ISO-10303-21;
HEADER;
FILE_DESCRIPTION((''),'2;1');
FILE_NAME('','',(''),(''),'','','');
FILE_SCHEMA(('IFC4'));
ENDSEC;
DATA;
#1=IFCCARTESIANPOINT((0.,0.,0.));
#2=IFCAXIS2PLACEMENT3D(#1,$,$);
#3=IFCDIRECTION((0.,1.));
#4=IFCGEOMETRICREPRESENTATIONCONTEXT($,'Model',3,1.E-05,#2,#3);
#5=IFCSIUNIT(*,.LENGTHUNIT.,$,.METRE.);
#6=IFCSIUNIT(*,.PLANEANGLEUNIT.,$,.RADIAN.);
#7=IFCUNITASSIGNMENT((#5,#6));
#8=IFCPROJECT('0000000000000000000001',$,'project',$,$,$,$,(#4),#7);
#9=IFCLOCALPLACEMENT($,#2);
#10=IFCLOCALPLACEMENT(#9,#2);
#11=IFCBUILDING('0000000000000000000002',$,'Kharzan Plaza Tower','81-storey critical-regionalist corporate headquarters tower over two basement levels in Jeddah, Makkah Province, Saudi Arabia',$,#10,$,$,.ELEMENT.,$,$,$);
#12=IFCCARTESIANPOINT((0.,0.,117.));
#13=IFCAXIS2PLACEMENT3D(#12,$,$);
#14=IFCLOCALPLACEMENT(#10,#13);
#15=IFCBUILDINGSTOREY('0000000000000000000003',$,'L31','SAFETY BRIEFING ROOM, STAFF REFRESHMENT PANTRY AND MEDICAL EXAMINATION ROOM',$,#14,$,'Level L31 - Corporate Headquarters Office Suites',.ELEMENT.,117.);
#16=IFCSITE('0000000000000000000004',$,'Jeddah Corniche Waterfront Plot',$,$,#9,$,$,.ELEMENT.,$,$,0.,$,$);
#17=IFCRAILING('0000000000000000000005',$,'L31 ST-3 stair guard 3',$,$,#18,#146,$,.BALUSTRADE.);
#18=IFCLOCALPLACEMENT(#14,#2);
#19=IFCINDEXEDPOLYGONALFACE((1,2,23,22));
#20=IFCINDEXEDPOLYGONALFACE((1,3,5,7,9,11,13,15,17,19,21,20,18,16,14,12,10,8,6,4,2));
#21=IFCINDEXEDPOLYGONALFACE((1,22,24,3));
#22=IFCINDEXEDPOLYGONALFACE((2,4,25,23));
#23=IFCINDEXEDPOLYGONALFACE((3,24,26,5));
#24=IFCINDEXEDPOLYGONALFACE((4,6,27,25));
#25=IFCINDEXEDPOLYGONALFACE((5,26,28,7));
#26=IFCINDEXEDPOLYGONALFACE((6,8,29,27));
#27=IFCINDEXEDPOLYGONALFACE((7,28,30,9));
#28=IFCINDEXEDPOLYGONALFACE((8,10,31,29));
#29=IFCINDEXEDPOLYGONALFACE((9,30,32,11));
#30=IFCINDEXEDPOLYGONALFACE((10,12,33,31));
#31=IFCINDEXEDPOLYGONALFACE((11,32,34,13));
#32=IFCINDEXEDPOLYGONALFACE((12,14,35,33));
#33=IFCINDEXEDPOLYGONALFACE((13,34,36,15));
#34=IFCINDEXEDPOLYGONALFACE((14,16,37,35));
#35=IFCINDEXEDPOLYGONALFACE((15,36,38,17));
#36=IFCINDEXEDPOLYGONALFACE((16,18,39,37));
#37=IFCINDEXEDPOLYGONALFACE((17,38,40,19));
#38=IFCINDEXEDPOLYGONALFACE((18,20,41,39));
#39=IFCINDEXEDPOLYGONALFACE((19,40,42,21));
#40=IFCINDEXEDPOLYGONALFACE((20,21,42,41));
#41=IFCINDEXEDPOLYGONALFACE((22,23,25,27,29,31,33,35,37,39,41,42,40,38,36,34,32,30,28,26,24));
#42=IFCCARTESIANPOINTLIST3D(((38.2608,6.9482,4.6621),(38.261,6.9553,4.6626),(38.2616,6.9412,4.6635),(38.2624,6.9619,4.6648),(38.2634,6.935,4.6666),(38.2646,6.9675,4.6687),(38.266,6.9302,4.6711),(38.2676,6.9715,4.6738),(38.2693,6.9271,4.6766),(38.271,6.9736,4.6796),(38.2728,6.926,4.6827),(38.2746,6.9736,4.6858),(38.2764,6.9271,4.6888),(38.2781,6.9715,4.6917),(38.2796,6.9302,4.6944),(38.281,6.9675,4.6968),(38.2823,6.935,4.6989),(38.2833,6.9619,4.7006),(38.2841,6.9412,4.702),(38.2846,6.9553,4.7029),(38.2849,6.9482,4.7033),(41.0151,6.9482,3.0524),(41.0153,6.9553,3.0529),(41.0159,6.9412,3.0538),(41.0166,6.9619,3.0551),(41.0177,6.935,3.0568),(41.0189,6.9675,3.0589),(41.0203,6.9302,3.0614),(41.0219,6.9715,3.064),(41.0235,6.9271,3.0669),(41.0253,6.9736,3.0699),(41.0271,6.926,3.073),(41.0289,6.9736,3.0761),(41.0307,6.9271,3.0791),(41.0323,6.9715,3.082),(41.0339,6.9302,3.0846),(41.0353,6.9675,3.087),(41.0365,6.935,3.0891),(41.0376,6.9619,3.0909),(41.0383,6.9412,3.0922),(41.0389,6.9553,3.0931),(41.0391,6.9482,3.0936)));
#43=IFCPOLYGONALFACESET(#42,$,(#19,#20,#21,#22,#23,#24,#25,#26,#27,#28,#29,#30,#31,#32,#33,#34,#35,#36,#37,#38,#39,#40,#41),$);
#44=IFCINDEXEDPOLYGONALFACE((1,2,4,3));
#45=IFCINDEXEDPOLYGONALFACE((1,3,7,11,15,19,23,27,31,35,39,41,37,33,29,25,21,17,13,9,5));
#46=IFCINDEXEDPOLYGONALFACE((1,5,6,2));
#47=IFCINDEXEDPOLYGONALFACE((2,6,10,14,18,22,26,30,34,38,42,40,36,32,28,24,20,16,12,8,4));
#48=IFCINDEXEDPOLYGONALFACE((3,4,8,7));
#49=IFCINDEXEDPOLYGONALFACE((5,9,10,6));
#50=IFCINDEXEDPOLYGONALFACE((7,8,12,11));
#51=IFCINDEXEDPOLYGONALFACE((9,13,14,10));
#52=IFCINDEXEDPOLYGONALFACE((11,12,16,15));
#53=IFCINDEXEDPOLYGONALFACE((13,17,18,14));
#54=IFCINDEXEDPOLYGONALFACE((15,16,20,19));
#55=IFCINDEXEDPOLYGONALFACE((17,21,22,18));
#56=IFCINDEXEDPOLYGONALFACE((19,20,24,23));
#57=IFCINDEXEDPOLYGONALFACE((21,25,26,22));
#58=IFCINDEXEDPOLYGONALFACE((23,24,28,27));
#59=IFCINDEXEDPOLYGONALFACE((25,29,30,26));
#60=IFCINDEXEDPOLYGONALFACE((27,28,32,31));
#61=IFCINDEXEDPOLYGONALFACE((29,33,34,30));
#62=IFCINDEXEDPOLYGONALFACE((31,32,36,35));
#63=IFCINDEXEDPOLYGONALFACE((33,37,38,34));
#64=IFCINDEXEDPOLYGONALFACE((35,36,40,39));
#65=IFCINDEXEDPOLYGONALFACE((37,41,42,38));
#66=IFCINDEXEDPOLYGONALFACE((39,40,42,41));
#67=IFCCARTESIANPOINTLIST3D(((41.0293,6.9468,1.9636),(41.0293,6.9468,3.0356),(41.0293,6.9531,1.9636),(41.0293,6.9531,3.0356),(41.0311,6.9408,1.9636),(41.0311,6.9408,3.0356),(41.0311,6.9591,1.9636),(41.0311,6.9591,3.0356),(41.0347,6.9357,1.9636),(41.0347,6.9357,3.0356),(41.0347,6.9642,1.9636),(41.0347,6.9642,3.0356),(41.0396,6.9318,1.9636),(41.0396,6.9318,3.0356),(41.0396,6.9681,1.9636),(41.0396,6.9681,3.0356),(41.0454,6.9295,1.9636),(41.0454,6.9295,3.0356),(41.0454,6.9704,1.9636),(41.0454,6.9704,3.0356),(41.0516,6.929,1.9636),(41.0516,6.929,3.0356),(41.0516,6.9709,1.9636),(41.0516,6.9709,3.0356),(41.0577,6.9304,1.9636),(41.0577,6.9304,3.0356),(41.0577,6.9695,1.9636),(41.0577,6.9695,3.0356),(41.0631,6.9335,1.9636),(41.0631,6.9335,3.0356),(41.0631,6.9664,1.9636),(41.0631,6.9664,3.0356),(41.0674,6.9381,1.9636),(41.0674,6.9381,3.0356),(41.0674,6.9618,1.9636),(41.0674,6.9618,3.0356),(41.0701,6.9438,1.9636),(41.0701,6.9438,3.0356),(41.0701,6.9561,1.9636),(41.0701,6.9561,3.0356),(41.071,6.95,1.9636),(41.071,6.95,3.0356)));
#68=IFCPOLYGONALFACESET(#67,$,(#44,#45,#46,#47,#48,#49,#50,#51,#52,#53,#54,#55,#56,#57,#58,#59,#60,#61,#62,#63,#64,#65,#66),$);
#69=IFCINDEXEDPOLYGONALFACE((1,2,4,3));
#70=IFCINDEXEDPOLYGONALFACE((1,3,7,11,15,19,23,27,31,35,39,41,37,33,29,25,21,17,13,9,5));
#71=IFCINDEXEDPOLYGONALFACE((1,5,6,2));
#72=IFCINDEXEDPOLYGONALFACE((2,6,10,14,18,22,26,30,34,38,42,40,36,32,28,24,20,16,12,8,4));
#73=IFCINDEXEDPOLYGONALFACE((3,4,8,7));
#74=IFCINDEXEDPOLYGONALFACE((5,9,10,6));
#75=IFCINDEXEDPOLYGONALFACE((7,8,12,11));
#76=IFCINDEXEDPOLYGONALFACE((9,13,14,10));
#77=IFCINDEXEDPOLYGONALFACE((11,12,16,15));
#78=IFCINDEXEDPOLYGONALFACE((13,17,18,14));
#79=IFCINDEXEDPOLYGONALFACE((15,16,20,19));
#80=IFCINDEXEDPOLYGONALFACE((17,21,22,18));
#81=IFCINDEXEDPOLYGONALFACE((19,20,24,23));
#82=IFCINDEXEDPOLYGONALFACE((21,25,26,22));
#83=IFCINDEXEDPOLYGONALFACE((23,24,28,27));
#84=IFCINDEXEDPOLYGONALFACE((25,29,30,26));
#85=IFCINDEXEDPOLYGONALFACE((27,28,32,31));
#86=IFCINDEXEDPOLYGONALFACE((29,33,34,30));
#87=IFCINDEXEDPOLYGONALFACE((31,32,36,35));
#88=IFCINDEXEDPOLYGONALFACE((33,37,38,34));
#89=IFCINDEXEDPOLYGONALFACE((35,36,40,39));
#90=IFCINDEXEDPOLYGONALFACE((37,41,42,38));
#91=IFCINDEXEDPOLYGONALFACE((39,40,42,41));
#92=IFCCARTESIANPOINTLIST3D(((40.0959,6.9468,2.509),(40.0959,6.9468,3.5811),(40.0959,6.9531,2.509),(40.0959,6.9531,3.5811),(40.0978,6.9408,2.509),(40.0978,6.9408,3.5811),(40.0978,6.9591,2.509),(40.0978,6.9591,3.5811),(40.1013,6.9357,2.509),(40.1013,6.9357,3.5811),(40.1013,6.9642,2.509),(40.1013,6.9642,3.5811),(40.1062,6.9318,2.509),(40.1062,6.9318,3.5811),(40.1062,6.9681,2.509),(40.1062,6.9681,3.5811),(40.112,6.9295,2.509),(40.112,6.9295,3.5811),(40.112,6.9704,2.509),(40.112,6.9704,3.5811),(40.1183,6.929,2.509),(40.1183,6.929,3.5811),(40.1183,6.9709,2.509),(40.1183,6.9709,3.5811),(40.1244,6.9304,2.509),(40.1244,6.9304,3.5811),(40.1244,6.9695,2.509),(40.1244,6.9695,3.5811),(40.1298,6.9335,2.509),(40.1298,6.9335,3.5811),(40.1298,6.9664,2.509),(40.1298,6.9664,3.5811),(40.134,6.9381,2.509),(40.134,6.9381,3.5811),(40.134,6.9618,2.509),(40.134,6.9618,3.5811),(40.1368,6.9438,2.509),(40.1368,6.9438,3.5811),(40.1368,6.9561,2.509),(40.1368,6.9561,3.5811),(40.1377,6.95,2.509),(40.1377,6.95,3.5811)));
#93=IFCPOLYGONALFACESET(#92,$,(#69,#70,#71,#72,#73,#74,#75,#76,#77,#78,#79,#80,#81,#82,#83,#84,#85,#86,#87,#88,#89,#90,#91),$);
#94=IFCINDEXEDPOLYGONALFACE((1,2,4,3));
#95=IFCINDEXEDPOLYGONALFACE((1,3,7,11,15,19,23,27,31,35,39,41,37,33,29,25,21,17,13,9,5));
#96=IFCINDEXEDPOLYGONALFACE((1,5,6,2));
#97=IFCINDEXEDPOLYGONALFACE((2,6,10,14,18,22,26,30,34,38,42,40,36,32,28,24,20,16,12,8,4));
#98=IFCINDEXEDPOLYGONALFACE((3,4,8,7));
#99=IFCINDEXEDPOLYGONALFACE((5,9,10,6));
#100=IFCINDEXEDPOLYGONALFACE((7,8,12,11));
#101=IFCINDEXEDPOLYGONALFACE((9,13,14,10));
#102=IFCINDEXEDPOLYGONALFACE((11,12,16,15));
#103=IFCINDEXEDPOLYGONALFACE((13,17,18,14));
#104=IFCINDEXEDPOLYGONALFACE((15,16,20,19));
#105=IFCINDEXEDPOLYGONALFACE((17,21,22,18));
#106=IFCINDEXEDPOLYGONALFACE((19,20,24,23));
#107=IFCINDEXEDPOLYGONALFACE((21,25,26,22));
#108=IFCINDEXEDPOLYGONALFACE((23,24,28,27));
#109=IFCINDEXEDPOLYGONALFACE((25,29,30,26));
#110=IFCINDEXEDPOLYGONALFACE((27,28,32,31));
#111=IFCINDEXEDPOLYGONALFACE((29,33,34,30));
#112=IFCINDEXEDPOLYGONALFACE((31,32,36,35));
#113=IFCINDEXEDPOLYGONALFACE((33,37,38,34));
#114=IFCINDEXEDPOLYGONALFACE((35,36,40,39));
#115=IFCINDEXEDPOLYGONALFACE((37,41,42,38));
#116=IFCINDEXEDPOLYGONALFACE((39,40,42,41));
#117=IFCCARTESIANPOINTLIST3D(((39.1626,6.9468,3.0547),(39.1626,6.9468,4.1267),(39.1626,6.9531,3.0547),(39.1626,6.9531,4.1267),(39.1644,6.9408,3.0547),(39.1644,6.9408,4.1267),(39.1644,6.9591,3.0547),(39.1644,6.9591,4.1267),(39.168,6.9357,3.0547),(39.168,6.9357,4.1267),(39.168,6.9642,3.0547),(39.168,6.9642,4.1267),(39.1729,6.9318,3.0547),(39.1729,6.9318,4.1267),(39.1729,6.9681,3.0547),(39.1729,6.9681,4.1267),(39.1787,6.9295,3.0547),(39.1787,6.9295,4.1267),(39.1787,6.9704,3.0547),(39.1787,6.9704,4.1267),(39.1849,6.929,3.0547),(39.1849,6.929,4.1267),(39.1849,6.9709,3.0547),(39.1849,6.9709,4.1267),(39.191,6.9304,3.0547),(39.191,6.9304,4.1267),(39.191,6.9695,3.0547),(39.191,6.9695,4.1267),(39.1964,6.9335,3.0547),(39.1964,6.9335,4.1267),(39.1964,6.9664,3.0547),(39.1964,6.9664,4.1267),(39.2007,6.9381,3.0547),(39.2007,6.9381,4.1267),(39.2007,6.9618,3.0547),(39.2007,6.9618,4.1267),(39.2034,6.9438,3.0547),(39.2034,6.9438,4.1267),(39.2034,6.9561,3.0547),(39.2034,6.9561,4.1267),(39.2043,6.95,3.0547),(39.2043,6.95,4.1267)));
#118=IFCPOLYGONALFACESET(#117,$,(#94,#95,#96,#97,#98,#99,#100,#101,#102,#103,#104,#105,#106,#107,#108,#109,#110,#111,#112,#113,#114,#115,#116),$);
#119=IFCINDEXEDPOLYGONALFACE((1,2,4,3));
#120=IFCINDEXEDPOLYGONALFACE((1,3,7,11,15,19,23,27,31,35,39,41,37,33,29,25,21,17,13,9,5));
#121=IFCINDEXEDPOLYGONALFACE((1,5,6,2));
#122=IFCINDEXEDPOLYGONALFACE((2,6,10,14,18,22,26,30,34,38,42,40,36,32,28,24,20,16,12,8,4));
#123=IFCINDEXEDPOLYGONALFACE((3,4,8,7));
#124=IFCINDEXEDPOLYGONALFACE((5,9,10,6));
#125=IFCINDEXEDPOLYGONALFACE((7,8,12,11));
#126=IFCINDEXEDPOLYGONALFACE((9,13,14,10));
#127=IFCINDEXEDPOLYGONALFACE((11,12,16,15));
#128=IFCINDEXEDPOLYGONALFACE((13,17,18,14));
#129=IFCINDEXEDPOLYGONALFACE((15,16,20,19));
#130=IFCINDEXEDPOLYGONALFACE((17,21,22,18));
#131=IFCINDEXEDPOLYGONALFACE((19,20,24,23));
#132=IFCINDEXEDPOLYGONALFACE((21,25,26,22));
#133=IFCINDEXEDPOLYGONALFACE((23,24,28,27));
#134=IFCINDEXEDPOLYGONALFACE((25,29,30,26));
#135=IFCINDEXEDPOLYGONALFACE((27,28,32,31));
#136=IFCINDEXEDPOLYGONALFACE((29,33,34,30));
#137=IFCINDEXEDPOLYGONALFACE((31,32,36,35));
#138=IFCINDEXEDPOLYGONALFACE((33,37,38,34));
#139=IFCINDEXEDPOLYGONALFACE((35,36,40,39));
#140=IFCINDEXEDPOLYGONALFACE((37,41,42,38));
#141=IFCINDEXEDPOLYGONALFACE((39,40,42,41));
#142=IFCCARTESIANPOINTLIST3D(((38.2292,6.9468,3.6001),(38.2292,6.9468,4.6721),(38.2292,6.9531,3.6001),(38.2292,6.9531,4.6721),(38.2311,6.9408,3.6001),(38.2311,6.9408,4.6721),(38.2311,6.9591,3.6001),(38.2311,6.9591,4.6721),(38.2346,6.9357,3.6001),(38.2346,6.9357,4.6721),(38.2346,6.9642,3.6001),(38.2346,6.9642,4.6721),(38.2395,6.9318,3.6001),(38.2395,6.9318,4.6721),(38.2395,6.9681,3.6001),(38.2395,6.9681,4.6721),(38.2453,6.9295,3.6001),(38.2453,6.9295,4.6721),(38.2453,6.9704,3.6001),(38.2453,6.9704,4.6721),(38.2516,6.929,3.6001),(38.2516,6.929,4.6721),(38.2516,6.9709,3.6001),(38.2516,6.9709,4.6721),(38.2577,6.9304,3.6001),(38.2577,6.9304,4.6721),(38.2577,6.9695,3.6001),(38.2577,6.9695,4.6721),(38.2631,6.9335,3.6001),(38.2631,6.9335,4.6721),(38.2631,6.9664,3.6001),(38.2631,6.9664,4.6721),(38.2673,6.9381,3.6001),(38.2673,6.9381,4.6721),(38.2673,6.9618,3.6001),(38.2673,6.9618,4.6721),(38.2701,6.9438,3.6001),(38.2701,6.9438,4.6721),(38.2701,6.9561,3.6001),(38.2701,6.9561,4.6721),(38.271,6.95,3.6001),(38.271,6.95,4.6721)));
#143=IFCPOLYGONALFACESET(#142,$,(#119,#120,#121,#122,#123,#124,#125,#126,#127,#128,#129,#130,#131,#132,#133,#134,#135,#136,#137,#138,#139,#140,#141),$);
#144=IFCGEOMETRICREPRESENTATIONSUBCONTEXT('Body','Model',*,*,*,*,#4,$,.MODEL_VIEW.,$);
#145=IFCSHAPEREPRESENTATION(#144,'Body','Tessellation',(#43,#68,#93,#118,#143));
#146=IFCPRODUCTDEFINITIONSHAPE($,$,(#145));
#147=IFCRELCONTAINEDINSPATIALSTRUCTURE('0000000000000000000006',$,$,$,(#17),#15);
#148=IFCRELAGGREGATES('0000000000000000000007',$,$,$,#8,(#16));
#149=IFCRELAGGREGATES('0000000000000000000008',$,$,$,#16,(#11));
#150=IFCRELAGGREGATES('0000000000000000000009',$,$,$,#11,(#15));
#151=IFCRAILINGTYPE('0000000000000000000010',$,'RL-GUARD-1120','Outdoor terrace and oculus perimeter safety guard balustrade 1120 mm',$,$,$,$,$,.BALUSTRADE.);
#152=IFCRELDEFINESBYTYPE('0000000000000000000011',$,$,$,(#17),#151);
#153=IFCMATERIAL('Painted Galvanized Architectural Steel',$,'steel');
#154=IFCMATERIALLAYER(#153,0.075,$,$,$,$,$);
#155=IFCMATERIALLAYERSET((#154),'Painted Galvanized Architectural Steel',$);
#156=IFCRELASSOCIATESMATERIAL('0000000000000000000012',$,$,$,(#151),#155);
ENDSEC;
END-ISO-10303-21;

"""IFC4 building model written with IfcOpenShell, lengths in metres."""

from ifc_helpers import new_model, si_unit, direction, frame, origin, origin_2d, place, context, subcontext, project, spatial, circle, extrude, source, transform, mapped, material, layer, layer_set, type_object, element, save


model = new_model("IFC4")

# Units and contexts
model_context = context("Model", 3, precision=1e-05, world=origin(), true_north=direction((0.0, 1.0)))
body_context = subcontext(model_context, "Body", "Model", "MODEL_VIEW")
ifc_project = project(units=[si_unit("LENGTHUNIT", "METRE"), si_unit("PLANEANGLEUNIT", "RADIAN")], contexts=[model_context])

# Site, building, storey
site_placement = place(None, origin())
site = spatial("IfcSite", under=ifc_project, at=site_placement, Name="Jeddah Corniche Waterfront Plot", CompositionType="ELEMENT", RefElevation=0.0)
building_placement = place(site_placement, origin())
building = spatial("IfcBuilding", under=site, at=building_placement, Name="Kharzan Plaza Tower", Description="81-storey critical-regionalist corporate headquarters tower over two basement levels in Jeddah, Makkah Province, Saudi Arabia", CompositionType="ELEMENT")
storey_placement = place(building_placement, frame((0.0, 0.0, 117.0)))
storey = spatial("IfcBuildingStorey", under=building, at=storey_placement, Name="L31", Description="SAFETY BRIEFING ROOM, STAFF REFRESHMENT PANTRY AND MEDICAL EXAMINATION ROOM", LongName="Level L31 - Corporate Headquarters Office Suites", CompositionType="ELEMENT", Elevation=117.0)

# Railing
ifc_material_1 = material(Name="Painted Galvanized Architectural Steel", Category="steel")
ifc_layer_1 = layer(ifc_material_1, 0.075)
ifc_layer_set_1 = layer_set([ifc_layer_1], Name="Painted Galvanized Architectural Steel")
railing_type_1 = type_object("IfcRailingType", Name="RL-GUARD-1120", Description="Outdoor terrace and oculus perimeter safety guard balustrade 1120 mm", PredefinedType="BALUSTRADE", material=ifc_layer_set_1)
shared_shape_1 = source(origin(), body_context, "Body", "SweptSolid", [
    extrude(circle(Radius=0.0239, at=origin_2d()), frame((-0.0229, 0.0, 1.1094), z_axis=(-0.863361, 0.0, 0.504587), x_axis=(0.0, -1.0, 0.0)), (0.0, 0.0, 1.0), 3.1902),
    extrude(circle(Radius=0.021, at=origin_2d()), origin(), (0.0, 0.0, 1.0), 1.072),
    extrude(circle(Radius=0.021, at=origin_2d()), frame((-0.9333, 0.0, 0.5454)), (0.0, 0.0, 1.0), 1.072),
    extrude(circle(Radius=0.021, at=origin_2d()), frame((-1.8667, 0.0, 1.0911)), (0.0, 0.0, 1.0), 1.072),
    extrude(circle(Radius=0.021, at=origin_2d()), frame((-2.8, 0.0, 1.6365)), (0.0, 0.0, 1.0), 1.072),
])
railing_1_placement = place(storey_placement, frame((41.05, 6.95, 1.9636)))
element("IfcRailing", 1, at=railing_1_placement, inside=storey, type_object=railing_type_1, Name="L31 ST-3 stair guard 3", PredefinedType="BALUSTRADE", context=body_context, shape_type="MappedRepresentation", body=[
    mapped(shared_shape_1, transform((0.0, 0.0, 0.0), x_axis=(1.0, 0.0, 0.0), y_axis=(0.0, 1.0, 0.0), z_axis=(0.0, 0.0, 1.0))),
])

save(model, "model.ifc")
